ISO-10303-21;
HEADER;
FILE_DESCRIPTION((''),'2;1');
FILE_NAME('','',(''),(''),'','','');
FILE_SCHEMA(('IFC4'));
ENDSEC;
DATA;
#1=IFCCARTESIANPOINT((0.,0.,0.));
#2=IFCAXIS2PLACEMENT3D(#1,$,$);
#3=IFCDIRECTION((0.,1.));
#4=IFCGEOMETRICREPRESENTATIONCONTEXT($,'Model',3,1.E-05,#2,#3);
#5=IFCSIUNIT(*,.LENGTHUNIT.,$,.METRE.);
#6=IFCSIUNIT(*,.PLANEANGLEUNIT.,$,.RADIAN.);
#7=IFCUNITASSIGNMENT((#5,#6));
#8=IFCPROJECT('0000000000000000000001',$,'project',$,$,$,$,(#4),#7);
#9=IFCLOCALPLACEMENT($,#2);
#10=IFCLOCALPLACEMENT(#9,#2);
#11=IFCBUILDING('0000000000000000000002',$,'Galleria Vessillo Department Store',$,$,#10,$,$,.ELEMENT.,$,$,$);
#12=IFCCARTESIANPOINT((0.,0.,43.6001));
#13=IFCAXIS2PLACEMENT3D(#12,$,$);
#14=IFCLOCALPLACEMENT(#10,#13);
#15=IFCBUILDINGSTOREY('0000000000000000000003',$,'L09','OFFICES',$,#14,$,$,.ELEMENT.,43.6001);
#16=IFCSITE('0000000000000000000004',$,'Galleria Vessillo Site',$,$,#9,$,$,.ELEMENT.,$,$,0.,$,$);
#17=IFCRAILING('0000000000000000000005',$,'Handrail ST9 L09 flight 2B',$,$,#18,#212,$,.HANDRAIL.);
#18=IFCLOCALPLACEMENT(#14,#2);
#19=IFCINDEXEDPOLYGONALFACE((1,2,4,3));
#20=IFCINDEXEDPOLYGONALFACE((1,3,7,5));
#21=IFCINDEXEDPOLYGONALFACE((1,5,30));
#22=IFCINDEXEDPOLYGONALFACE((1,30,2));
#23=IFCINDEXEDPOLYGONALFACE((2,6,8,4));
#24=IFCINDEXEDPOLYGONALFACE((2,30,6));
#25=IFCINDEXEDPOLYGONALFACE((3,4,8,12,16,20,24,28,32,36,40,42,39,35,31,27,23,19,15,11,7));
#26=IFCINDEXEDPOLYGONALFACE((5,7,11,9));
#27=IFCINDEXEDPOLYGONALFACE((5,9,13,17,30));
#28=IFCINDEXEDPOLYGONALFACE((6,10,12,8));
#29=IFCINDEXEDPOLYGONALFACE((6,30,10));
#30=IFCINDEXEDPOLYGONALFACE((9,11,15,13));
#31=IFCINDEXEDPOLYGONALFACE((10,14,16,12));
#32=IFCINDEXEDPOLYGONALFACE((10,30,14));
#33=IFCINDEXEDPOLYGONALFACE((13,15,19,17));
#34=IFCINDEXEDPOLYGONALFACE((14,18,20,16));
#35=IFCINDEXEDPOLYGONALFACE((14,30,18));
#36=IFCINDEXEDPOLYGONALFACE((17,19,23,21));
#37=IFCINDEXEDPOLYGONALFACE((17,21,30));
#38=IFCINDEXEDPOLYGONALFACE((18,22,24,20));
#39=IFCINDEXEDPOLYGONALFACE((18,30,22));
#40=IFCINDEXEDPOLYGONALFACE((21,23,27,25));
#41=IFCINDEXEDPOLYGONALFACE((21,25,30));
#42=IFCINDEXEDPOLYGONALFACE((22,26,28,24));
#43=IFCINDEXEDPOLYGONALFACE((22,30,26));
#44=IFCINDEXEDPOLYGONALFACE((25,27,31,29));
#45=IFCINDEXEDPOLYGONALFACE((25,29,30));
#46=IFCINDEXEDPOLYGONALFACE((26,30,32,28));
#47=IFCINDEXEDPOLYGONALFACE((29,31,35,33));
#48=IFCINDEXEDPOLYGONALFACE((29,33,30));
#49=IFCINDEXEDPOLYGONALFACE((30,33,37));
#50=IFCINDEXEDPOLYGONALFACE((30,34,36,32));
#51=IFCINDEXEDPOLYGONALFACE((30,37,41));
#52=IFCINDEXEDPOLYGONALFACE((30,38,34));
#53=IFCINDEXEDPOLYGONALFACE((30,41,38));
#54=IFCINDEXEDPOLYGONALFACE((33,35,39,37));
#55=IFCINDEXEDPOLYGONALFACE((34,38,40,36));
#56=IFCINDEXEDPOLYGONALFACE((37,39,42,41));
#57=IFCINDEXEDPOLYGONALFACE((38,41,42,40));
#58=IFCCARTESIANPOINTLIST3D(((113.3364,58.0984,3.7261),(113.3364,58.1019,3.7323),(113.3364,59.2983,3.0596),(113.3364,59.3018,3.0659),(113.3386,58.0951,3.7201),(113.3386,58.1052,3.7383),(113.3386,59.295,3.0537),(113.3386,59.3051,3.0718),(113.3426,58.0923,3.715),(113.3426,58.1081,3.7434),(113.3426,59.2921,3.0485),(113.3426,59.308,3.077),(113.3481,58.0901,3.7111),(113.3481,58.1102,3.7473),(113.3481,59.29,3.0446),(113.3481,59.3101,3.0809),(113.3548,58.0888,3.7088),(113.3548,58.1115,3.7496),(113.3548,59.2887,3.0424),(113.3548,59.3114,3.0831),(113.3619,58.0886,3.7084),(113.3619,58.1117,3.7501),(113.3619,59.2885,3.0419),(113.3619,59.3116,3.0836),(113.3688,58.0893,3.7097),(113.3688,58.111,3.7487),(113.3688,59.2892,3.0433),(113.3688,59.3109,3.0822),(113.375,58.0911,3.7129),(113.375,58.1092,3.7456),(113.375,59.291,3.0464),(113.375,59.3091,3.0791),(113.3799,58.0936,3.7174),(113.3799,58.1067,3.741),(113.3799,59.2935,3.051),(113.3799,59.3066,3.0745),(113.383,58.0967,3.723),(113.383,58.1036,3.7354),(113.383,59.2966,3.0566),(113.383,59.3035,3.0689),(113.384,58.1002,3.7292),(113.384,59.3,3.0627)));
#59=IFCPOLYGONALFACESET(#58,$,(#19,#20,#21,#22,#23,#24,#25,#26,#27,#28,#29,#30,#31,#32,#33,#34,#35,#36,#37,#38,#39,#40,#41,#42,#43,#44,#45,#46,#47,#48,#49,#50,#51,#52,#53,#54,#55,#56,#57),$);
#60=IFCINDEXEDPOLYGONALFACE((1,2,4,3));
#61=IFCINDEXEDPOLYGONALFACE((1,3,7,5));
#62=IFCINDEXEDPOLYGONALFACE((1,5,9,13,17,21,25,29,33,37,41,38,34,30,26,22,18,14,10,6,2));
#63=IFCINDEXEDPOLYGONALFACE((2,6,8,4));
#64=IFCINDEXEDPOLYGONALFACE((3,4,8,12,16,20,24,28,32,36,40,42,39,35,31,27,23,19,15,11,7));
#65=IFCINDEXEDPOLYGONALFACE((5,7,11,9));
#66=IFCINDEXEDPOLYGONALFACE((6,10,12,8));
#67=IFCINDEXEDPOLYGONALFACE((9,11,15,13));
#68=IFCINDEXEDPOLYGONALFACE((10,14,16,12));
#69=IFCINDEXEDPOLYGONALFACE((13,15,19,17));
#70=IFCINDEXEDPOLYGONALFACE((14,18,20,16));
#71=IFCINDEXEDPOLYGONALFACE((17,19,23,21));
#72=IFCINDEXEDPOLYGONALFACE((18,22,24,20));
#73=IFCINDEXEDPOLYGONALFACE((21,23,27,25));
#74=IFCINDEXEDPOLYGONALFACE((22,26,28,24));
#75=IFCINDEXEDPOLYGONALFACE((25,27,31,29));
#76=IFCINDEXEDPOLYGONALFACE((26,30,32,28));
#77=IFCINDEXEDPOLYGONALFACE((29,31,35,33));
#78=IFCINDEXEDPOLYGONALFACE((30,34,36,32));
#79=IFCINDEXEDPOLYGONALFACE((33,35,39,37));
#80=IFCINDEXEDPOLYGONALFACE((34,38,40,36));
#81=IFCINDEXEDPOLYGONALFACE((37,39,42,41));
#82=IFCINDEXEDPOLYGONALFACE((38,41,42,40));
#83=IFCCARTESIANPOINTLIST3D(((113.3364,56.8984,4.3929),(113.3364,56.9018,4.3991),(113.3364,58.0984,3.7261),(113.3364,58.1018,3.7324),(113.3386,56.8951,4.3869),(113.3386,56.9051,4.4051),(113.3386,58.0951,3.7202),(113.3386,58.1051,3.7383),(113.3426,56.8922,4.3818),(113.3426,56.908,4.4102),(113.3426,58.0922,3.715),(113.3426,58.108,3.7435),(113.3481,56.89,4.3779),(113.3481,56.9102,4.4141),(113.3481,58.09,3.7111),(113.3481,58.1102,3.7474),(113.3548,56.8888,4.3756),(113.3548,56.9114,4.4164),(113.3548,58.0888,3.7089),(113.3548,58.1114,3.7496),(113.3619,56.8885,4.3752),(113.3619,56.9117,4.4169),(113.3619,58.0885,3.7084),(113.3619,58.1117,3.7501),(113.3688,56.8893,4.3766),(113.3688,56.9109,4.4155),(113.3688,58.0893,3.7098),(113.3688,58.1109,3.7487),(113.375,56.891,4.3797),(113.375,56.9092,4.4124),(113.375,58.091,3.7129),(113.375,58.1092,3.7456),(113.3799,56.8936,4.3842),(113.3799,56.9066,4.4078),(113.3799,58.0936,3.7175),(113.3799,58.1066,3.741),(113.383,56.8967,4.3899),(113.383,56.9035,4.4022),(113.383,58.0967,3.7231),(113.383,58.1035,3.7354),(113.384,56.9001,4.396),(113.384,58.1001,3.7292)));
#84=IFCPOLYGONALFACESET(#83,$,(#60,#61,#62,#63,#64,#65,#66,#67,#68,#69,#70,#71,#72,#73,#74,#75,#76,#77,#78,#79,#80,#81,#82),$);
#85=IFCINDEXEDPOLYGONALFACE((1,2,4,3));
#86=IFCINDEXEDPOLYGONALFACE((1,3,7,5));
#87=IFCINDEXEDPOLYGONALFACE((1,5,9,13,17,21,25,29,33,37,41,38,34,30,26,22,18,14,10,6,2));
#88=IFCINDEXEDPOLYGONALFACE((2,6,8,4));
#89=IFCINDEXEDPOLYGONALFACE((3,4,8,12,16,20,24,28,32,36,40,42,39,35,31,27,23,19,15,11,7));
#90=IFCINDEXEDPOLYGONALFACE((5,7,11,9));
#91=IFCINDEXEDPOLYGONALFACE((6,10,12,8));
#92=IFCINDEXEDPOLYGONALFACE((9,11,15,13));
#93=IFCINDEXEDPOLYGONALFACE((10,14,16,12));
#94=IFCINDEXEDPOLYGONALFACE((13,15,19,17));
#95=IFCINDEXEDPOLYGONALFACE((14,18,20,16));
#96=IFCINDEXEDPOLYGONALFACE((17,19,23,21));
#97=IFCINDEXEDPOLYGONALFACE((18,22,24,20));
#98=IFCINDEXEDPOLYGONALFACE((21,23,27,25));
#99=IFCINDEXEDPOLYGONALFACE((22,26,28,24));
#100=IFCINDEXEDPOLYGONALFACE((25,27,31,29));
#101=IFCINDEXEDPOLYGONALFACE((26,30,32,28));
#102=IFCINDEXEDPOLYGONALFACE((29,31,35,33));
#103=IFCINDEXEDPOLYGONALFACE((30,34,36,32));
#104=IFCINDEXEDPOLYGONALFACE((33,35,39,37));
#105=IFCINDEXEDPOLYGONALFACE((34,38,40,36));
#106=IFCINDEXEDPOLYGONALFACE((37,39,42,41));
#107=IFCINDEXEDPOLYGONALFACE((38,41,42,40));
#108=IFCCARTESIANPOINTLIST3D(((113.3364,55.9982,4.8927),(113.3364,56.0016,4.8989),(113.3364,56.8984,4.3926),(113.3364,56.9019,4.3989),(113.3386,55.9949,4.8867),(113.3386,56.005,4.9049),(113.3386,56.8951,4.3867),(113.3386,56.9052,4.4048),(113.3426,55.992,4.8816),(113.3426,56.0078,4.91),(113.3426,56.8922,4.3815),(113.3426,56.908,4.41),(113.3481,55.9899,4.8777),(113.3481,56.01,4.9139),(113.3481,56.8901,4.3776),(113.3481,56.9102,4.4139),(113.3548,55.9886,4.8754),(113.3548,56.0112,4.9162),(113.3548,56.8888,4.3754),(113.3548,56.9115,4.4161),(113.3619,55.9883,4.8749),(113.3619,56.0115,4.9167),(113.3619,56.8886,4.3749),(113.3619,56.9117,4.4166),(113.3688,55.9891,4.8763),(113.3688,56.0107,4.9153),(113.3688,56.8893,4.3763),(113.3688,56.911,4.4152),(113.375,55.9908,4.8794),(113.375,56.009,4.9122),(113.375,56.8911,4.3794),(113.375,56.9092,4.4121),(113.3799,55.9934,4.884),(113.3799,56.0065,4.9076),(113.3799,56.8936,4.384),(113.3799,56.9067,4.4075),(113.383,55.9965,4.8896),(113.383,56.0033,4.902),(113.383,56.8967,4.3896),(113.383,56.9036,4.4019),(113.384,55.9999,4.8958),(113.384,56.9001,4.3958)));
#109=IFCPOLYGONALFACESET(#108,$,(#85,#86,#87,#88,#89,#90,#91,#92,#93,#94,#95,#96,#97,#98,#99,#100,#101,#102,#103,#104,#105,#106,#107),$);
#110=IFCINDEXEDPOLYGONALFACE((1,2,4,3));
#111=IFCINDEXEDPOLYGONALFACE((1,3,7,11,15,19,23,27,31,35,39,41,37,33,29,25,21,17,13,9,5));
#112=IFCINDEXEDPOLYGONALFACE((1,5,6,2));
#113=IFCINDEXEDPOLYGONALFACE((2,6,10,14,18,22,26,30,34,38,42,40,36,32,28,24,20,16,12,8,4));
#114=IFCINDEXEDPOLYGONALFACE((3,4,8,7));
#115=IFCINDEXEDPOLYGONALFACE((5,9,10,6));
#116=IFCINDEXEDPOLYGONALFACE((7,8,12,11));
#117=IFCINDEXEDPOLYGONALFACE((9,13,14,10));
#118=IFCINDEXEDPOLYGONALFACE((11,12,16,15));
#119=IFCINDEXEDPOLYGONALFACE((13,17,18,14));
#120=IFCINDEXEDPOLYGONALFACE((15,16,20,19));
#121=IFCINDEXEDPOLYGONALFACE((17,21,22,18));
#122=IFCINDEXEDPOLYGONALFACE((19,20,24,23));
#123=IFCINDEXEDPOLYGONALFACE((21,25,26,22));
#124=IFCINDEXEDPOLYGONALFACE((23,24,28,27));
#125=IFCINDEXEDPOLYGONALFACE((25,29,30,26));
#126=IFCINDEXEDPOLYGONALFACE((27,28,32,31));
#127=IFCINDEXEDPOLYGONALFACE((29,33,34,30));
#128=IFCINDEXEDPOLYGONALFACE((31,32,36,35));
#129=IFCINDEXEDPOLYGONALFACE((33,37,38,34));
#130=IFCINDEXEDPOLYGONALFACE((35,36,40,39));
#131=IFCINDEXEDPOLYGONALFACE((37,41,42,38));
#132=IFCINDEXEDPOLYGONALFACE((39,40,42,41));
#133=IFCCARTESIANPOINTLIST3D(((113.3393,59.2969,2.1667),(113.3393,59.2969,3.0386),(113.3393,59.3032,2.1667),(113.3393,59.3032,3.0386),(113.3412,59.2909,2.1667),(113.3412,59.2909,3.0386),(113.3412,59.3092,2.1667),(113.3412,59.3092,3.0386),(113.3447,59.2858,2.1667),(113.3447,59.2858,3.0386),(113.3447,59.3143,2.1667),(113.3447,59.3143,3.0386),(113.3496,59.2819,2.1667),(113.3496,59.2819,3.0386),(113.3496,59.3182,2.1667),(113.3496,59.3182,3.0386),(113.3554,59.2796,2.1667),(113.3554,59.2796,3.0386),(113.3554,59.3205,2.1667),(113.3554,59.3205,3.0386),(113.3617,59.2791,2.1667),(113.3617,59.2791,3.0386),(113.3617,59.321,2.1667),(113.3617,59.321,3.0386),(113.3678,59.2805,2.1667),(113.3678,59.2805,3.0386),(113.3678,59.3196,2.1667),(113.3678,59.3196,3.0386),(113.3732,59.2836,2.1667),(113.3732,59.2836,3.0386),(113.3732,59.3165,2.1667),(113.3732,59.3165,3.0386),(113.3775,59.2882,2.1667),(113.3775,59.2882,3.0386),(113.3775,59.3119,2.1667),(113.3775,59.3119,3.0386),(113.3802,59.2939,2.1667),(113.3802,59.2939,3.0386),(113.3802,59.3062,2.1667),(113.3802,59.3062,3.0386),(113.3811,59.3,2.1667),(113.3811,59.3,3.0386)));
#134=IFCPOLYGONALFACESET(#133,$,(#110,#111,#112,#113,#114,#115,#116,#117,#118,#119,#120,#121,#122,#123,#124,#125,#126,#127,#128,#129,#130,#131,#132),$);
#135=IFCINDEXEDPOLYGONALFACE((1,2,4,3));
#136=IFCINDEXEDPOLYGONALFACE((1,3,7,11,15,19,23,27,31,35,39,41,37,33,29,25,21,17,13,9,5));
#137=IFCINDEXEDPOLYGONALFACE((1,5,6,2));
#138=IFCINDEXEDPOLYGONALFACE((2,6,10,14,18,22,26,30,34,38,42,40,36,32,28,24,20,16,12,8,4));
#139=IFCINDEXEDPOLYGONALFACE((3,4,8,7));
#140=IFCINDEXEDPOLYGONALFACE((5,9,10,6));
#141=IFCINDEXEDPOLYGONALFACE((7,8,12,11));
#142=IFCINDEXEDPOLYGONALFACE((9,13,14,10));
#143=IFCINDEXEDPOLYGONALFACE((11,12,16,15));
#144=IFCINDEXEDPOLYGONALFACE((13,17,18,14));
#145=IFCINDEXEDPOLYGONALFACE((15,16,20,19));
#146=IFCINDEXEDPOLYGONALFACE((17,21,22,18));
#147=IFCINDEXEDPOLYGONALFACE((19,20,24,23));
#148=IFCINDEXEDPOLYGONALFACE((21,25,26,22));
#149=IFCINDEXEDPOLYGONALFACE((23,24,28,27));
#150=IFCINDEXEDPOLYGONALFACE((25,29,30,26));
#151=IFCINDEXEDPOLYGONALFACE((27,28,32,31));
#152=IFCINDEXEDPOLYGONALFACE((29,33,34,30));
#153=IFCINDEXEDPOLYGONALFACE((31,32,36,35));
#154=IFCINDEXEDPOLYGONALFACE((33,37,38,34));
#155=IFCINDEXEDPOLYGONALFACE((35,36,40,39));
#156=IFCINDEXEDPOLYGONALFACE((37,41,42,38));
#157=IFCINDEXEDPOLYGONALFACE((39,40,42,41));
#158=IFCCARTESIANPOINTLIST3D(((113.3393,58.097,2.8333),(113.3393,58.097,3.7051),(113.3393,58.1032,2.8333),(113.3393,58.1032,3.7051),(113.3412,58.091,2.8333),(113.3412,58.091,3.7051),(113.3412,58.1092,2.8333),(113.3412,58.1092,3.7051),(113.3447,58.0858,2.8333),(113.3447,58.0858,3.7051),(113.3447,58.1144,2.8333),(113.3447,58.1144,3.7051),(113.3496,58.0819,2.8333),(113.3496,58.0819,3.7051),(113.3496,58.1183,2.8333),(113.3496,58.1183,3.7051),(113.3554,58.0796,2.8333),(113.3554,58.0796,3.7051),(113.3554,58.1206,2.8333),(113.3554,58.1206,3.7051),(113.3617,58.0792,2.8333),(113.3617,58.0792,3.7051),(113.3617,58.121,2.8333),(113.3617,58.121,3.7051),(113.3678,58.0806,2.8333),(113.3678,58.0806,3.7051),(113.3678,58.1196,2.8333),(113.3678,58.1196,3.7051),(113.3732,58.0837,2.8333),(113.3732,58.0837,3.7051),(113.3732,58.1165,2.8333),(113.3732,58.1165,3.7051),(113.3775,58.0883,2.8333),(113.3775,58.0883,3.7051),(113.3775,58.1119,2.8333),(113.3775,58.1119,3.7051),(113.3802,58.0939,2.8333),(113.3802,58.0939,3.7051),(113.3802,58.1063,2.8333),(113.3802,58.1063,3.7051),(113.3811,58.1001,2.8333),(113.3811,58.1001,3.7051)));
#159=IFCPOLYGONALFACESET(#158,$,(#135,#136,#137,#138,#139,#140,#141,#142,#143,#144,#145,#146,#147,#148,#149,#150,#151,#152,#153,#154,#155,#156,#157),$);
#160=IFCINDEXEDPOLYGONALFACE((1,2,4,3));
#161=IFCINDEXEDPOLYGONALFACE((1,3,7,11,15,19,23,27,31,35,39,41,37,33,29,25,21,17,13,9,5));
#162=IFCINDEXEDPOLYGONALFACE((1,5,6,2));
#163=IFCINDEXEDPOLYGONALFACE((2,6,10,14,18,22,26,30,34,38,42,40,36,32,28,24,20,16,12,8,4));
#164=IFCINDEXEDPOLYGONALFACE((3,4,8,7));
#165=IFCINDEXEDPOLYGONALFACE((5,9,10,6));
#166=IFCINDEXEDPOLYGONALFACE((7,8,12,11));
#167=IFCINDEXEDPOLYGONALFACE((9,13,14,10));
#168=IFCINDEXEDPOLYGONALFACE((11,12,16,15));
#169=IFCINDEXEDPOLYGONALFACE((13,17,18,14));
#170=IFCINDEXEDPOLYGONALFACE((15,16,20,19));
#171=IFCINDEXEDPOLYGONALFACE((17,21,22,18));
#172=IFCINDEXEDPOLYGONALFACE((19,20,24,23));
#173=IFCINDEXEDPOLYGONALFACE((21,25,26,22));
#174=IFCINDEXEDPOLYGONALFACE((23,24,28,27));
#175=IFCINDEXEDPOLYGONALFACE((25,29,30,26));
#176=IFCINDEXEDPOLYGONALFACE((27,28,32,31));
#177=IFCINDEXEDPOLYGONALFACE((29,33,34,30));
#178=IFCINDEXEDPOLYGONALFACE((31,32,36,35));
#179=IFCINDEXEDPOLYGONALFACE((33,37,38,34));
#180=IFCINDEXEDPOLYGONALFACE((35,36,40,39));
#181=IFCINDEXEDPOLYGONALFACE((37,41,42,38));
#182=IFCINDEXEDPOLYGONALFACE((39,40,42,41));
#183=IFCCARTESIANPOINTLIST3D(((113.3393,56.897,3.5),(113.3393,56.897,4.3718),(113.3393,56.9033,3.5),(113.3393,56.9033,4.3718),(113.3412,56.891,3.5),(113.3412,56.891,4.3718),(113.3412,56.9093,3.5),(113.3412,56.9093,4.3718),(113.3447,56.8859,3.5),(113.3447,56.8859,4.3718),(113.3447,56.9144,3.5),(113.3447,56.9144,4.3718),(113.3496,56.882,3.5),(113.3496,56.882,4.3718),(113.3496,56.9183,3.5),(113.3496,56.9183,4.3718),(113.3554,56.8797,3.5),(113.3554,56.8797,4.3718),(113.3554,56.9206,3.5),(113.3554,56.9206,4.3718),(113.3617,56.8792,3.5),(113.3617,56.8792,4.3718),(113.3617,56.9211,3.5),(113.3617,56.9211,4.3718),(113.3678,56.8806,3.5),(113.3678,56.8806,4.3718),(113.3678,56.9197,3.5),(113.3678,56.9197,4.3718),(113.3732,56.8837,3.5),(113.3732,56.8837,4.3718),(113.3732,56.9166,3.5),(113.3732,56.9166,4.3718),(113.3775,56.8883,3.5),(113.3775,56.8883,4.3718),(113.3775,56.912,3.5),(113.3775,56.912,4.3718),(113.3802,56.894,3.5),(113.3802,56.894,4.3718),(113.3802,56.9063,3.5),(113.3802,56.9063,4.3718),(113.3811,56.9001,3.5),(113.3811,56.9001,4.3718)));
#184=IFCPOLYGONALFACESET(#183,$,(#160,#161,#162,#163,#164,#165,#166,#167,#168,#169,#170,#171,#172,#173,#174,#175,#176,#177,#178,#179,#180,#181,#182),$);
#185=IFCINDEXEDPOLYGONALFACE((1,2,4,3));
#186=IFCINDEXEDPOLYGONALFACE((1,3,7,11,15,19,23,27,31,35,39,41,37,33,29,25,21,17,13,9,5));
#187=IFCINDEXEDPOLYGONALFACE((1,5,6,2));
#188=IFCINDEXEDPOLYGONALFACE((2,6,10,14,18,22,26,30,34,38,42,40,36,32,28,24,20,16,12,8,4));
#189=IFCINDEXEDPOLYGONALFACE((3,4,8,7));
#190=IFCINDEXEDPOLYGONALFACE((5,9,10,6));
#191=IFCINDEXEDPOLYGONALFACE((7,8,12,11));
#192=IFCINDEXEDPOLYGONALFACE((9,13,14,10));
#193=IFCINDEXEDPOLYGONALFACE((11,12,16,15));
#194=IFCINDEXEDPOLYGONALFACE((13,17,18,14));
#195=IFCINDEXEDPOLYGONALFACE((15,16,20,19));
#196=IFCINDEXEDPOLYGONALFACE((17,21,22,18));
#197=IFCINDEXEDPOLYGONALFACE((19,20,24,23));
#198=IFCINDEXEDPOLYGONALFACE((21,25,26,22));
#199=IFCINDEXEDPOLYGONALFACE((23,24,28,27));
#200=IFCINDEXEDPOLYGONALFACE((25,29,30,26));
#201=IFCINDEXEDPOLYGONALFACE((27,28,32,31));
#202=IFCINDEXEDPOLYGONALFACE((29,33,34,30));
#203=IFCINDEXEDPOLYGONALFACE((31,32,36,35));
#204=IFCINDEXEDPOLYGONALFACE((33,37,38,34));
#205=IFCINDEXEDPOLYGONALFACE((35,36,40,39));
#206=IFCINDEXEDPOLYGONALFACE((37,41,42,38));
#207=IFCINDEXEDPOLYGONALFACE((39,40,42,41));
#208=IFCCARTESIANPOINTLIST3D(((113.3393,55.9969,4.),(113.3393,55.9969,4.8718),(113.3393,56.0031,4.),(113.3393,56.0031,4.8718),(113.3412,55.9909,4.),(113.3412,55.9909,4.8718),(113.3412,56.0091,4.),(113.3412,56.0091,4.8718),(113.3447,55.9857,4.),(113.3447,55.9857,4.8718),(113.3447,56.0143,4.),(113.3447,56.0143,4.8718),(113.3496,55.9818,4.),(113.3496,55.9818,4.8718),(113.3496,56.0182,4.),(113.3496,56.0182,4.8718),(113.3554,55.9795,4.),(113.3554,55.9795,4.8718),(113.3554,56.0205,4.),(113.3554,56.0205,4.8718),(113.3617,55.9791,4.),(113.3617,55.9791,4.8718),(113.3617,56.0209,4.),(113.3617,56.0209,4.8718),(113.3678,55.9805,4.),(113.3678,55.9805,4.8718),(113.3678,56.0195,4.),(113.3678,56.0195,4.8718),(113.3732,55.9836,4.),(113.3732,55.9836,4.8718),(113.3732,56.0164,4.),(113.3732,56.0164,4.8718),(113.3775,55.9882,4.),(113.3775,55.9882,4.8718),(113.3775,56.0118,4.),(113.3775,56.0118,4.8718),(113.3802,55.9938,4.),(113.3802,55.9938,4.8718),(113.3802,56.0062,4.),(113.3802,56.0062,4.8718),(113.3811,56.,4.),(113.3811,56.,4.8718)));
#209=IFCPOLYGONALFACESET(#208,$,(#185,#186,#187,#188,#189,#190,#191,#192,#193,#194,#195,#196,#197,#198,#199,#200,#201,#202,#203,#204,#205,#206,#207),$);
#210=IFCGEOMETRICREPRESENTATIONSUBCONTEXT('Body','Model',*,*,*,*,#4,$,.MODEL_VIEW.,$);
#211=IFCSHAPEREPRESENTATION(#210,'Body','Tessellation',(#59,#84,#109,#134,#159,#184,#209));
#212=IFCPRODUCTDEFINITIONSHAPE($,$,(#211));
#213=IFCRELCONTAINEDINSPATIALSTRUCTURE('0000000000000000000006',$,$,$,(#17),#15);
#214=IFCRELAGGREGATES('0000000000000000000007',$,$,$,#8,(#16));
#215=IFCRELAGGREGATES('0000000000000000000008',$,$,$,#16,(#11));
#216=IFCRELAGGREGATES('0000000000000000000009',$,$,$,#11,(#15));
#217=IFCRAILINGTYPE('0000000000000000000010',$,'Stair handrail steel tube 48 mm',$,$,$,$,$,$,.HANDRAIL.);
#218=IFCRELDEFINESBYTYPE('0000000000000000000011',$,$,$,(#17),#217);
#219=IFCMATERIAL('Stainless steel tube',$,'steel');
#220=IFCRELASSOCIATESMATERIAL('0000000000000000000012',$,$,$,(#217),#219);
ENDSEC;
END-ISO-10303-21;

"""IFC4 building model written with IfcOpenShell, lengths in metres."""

from ifc_helpers import new_model, si_unit, direction, frame, origin, origin_2d, place, context, subcontext, project, spatial, circle, extrude, material, type_object, element, save


model = new_model("IFC4")

# Units and contexts
model_context = context("Model", 3, precision=1e-05, world=origin(), true_north=direction((0.0, 1.0)))
body_context = subcontext(model_context, "Body", "Model", "MODEL_VIEW")
ifc_project = project(units=[si_unit("LENGTHUNIT", "METRE"), si_unit("PLANEANGLEUNIT", "RADIAN")], contexts=[model_context])

# Site, building, storey
site_placement = place(None, origin())
site = spatial("IfcSite", under=ifc_project, at=site_placement, Name="Galleria Vessillo Site", CompositionType="ELEMENT", RefElevation=0.0)
building_placement = place(site_placement, origin())
building = spatial("IfcBuilding", under=site, at=building_placement, Name="Galleria Vessillo Department Store", CompositionType="ELEMENT")
storey_placement = place(building_placement, frame((0.0, 0.0, 43.6001)))
storey = spatial("IfcBuildingStorey", under=building, at=storey_placement, Name="L09", Description="OFFICES", CompositionType="ELEMENT", Elevation=43.6001)

# Railing
ifc_material_1 = material(Name="Stainless steel tube", Category="steel")
railing_type = type_object("IfcRailingType", Name="Stair handrail steel tube 48 mm", PredefinedType="HANDRAIL", material=ifc_material_1)
for number, where, name in (
    (1, (113.3601, 59.3, 2.1667), "Handrail ST9 L09 flight 2B"),
):
    element("IfcRailing", number, at=place(storey_placement, frame(where)), inside=storey, type_object=railing_type, Name=name, PredefinedType="HANDRAIL", context=body_context, shape_type="SweptSolid", body=[
        extrude(circle(Radius=0.0239, at=origin_2d()), frame((0.0, 0.0, 0.896), z_axis=(0.0, -0.874199, 0.485567), x_axis=(1.0, 0.0, 0.0)), (0.0, 0.0, 1.0), 1.3726),
        extrude(circle(Radius=0.0239, at=origin_2d()), frame((0.0, -1.2, 1.5625), z_axis=(0.0, -0.874124, 0.485703), x_axis=(1.0, 0.0, 0.0)), (0.0, 0.0, 1.0), 1.3728),
        extrude(circle(Radius=0.0239, at=origin_2d()), frame((0.0, -2.3999, 2.229), z_axis=(0.0, -0.874191, 0.485583), x_axis=(1.0, 0.0, 0.0)), (0.0, 0.0, 1.0), 1.0298),
        extrude(circle(Radius=0.021, at=origin_2d()), origin(), (0.0, 0.0, 1.0), 0.8718),
        extrude(circle(Radius=0.021, at=origin_2d()), frame((0.0, -1.2, 0.6665)), (0.0, 0.0, 1.0), 0.8718),
        extrude(circle(Radius=0.021, at=origin_2d()), frame((0.0, -2.3999, 1.3333)), (0.0, 0.0, 1.0), 0.8718),
        extrude(circle(Radius=0.021, at=origin_2d()), frame((0.0, -3.3, 1.8333)), (0.0, 0.0, 1.0), 0.8718),
    ])

save(model, "model.ifc")
